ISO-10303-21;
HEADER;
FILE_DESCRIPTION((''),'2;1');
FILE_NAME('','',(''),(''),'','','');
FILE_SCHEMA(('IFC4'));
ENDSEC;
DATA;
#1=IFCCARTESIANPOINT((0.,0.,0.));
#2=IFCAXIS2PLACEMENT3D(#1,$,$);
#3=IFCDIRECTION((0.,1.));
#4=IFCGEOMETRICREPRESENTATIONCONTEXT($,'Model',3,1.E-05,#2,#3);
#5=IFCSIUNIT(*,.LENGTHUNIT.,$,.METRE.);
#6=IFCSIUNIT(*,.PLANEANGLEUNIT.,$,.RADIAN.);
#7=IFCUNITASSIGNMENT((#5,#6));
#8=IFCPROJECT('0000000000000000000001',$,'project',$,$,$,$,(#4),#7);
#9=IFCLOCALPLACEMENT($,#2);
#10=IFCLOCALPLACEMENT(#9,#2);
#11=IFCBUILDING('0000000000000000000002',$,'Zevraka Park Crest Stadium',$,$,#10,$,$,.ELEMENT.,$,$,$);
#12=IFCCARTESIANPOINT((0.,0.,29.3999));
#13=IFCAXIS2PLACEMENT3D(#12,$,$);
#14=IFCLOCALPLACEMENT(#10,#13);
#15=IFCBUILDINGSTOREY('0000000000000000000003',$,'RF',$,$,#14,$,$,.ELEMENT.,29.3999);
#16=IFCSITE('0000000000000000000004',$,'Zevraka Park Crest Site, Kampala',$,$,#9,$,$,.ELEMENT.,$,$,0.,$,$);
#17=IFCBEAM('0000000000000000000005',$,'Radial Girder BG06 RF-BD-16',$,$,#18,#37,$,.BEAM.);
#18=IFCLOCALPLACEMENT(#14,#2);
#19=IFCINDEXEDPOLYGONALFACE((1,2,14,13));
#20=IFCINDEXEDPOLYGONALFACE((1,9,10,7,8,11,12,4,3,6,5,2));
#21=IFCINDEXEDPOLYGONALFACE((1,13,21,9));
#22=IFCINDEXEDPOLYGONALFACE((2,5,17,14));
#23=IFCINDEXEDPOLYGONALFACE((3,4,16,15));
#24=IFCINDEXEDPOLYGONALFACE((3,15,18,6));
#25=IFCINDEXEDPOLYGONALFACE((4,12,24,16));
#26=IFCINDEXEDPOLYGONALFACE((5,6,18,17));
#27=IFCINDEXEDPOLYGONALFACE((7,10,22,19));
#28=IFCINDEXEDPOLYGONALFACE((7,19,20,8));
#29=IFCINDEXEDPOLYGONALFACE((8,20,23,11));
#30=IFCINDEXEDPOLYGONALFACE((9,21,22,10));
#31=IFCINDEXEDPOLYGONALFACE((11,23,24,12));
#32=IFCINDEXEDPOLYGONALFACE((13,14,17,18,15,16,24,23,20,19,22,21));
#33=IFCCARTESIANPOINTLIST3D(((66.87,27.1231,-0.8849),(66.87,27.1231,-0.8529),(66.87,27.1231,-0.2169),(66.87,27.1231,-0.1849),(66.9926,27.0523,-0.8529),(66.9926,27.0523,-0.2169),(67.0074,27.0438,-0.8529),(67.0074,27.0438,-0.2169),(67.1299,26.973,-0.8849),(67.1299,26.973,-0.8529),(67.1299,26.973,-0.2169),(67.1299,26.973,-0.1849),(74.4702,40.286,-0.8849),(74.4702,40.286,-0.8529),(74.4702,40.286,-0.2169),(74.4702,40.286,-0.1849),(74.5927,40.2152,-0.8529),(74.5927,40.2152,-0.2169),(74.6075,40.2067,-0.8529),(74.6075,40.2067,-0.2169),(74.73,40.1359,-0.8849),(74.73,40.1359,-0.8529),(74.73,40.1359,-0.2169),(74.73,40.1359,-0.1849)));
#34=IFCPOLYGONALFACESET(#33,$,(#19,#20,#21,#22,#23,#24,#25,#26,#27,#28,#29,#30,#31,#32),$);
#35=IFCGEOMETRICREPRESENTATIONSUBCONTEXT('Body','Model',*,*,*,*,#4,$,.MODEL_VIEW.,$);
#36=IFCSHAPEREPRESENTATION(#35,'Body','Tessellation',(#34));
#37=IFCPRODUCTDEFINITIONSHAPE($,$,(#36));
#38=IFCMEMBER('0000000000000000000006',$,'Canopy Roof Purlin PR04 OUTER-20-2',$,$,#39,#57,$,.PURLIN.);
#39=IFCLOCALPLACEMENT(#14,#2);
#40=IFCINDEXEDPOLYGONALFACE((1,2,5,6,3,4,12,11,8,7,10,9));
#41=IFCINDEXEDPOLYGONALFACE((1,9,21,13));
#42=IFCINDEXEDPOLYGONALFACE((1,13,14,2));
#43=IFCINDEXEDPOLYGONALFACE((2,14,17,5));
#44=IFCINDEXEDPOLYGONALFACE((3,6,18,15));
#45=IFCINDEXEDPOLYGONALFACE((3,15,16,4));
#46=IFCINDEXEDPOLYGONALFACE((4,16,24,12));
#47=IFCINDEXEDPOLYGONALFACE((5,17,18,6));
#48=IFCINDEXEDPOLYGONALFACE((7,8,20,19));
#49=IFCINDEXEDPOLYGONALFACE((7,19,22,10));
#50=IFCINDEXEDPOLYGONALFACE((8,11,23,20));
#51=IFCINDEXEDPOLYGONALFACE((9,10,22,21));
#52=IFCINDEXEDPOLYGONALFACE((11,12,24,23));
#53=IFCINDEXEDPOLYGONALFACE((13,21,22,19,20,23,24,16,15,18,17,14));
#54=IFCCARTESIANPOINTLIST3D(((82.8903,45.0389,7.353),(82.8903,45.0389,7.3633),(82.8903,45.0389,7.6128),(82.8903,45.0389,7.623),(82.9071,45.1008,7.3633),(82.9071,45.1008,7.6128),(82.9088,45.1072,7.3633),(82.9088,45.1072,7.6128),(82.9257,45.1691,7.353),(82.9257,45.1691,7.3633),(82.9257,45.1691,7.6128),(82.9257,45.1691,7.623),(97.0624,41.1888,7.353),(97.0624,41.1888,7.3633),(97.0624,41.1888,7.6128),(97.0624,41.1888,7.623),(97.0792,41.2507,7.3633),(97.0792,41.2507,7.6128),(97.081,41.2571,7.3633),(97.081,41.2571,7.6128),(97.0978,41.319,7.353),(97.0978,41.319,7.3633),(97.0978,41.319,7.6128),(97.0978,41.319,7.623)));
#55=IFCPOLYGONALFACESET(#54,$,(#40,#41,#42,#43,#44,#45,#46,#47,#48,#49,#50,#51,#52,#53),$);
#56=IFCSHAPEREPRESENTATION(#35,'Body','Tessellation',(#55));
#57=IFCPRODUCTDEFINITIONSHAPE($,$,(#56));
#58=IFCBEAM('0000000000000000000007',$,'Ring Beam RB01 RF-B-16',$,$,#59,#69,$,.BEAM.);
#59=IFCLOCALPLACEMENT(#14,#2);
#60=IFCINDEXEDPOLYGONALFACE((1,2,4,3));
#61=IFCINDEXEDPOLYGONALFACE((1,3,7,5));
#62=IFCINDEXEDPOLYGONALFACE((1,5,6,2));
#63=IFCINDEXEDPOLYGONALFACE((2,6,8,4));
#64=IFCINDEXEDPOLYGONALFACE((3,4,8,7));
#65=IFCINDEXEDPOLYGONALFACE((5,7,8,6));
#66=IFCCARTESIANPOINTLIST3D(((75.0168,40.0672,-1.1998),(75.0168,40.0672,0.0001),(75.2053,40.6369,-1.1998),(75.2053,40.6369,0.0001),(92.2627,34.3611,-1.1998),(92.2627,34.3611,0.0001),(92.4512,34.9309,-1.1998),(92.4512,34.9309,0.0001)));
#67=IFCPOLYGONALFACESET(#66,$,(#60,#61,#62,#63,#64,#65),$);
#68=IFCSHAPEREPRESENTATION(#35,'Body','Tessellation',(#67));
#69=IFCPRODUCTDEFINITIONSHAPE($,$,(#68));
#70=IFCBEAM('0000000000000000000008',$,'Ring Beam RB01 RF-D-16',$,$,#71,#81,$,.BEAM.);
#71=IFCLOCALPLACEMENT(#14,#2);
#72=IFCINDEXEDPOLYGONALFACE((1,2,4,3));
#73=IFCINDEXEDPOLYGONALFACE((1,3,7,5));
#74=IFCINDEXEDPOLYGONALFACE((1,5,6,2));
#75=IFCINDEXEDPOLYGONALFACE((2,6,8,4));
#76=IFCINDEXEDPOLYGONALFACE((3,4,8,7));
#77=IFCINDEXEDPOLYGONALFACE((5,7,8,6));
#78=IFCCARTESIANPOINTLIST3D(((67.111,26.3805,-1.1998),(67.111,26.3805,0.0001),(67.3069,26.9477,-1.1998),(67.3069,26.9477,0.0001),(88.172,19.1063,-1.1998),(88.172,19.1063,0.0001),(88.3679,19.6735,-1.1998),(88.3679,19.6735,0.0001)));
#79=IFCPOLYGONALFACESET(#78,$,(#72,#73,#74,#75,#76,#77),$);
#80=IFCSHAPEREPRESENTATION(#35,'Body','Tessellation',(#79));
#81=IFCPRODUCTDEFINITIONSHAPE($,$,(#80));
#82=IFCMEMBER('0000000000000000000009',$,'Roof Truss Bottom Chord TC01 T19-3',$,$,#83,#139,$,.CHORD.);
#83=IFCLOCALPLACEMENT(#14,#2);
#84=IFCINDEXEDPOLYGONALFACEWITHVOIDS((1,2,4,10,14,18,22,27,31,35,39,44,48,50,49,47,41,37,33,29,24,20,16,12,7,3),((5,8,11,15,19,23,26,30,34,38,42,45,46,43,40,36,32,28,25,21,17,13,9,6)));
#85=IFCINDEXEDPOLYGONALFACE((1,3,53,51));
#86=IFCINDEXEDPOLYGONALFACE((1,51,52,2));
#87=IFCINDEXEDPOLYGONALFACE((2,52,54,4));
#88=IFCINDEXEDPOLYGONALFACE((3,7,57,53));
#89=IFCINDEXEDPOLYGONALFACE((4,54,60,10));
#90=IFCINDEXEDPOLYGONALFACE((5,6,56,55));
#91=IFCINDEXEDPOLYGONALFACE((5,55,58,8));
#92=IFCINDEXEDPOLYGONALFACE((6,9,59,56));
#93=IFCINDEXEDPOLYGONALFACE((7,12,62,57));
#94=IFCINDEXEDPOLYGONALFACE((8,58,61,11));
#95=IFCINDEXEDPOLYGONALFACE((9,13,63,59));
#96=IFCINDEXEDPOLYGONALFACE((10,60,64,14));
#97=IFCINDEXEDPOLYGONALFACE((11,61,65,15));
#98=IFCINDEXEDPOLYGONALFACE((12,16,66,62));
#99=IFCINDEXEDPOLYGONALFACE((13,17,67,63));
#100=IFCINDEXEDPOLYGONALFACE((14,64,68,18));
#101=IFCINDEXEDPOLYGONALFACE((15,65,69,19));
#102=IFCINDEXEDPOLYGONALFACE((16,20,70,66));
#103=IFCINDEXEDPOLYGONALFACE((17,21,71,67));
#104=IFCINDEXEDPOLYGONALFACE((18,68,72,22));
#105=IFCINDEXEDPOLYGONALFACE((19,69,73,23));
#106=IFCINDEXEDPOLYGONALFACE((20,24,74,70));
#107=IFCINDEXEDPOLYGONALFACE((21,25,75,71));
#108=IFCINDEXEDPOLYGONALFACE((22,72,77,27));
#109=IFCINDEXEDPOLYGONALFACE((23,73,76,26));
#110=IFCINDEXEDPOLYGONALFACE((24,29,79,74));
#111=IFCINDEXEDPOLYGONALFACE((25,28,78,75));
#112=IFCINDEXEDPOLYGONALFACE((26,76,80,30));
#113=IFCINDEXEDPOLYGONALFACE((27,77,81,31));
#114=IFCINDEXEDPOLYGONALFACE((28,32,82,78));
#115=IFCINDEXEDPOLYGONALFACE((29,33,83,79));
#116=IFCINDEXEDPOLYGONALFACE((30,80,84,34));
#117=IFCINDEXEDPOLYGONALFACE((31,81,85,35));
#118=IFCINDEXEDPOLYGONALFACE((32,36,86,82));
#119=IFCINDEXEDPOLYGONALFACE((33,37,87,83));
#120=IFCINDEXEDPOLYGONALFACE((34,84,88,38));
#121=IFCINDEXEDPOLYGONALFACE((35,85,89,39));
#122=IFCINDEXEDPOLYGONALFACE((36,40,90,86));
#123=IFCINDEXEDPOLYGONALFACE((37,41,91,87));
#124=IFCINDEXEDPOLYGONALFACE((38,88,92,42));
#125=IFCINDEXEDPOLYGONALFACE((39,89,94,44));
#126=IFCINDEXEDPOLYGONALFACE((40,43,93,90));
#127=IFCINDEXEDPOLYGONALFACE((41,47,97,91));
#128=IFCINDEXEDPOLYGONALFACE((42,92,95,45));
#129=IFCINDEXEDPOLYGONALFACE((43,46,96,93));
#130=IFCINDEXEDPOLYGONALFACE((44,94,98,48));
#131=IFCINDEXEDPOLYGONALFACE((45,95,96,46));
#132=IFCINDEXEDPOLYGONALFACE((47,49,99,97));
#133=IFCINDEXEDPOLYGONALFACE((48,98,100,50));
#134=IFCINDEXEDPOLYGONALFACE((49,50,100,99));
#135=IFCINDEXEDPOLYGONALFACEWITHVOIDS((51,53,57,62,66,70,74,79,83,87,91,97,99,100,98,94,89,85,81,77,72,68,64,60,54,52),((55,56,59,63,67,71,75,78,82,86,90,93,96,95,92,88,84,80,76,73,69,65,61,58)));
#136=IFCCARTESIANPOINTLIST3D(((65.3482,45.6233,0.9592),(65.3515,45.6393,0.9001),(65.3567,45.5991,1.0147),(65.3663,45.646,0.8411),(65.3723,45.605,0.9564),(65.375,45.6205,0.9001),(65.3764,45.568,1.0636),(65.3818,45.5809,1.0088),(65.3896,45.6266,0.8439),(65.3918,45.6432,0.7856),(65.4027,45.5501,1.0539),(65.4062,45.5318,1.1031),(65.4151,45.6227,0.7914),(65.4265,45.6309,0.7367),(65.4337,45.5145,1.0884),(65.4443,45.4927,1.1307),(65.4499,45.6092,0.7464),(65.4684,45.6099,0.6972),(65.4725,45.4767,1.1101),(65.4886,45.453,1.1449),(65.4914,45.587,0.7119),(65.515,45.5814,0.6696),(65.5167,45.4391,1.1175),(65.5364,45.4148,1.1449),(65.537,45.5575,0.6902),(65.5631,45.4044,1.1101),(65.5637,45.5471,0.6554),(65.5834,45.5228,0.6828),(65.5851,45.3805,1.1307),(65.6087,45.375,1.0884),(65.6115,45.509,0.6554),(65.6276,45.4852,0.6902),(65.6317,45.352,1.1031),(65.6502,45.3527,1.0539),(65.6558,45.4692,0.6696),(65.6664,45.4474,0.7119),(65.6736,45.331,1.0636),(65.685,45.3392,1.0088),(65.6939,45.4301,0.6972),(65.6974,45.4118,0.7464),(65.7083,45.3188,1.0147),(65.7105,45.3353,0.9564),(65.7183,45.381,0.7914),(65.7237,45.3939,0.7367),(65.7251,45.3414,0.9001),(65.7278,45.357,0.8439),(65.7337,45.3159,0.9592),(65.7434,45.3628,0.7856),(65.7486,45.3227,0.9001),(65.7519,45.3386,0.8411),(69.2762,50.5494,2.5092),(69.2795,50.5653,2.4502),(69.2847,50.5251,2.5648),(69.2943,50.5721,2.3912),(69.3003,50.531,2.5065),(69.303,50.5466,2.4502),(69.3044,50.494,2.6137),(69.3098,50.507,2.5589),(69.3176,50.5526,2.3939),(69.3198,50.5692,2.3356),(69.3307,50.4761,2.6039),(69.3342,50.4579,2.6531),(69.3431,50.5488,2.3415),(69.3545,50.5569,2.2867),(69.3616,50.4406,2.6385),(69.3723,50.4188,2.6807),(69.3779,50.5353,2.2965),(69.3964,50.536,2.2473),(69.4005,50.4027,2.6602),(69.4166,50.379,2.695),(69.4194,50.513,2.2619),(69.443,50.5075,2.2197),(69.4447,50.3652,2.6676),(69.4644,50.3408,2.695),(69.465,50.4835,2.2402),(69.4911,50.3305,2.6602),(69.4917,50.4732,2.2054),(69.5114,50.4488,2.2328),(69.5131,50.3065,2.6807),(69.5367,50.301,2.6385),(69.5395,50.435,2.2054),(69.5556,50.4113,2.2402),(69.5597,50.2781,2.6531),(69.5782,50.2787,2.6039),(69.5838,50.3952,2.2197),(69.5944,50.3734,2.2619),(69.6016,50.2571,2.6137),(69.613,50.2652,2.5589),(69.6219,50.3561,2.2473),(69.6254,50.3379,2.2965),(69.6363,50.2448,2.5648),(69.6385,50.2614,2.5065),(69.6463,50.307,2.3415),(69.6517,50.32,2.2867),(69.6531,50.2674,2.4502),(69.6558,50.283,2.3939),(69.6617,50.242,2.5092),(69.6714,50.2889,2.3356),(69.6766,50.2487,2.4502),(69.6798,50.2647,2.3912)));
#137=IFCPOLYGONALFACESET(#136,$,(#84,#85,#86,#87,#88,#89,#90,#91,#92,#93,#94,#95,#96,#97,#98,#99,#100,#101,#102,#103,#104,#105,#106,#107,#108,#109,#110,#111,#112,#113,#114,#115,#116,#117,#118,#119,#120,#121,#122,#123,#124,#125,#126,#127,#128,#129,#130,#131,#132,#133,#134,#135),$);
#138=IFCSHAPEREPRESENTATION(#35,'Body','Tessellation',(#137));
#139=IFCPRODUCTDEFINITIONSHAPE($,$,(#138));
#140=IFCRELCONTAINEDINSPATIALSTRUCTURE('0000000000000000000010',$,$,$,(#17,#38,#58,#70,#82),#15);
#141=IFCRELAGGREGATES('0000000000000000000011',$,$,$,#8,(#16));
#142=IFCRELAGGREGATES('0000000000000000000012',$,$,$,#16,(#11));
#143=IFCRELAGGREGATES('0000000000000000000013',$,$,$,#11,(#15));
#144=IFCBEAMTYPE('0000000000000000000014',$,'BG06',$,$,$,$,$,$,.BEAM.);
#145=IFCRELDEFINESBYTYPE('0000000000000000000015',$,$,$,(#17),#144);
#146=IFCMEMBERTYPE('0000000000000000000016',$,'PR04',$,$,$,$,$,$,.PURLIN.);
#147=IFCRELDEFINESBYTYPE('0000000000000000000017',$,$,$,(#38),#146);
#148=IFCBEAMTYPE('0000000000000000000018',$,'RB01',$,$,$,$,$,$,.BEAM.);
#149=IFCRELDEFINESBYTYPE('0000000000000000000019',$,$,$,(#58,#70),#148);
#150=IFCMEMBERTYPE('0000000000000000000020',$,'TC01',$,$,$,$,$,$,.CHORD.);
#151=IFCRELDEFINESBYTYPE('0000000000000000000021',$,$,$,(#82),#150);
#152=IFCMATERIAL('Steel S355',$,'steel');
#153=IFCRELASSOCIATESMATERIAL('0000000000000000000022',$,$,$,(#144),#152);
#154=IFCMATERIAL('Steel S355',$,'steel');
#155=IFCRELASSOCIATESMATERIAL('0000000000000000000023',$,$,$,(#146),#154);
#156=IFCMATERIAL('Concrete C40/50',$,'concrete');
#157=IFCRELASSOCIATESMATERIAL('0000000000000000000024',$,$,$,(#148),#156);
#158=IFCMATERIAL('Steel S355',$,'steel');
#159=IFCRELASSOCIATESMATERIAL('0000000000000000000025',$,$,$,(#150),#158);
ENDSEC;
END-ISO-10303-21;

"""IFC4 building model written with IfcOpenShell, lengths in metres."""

from ifc_helpers import new_model, si_unit, direction, frame, origin, origin_2d, place, context, subcontext, project, spatial, rectangle, hollow_circle, i_section, extrude, material, material_profile, profile_set, type_object, element, save


model = new_model("IFC4")

# Units and contexts
model_context = context("Model", 3, precision=1e-05, world=origin(), true_north=direction((0.0, 1.0)))
body_context = subcontext(model_context, "Body", "Model", "MODEL_VIEW")
ifc_project = project(units=[si_unit("LENGTHUNIT", "METRE"), si_unit("PLANEANGLEUNIT", "RADIAN")], contexts=[model_context])

# Site, building, storey
site_placement = place(None, origin())
site = spatial("IfcSite", under=ifc_project, at=site_placement, Name="Zevraka Park Crest Site, Kampala", CompositionType="ELEMENT", RefElevation=0.0)
building_placement = place(site_placement, origin())
building = spatial("IfcBuilding", under=site, at=building_placement, Name="Zevraka Park Crest Stadium", CompositionType="ELEMENT")
storey_placement = place(building_placement, frame((0.0, 0.0, 29.3999)))
storey = spatial("IfcBuildingStorey", under=building, at=storey_placement, Name="RF", CompositionType="ELEMENT", Elevation=29.3999)

# Beam
ifc_material_1 = material(Name="Steel S355", Category="steel")
ifc_material_profile_1 = material_profile(ifc_material_1, i_section(OverallWidth=0.3, OverallDepth=0.7, WebThickness=0.0171, FlangeThickness=0.032, at=origin_2d()), Name="HEB 700")
ifc_profile_set_1 = profile_set([ifc_material_profile_1], Name="Steel S355")
beam_type_1 = type_object("IfcBeamType", Name="BG06", PredefinedType="BEAM", material=ifc_profile_set_1)
beam_1_placement = place(storey_placement, frame((74.6001, 40.2109, -0.5349), z_axis=(-0.500026, -0.86601, 0.0), x_axis=(0.86601, -0.500026, 0.0)))
element("IfcBeam", 1, at=beam_1_placement, inside=storey, type_object=beam_type_1, Name="Radial Girder BG06 RF-BD-16", PredefinedType="BEAM", context=body_context, shape_type="SweptSolid", body=[
    extrude(i_section(OverallWidth=0.3, OverallDepth=0.7, WebThickness=0.0171, FlangeThickness=0.032, at=origin_2d()), origin(), (0.0, 0.0, 1.0), 15.1995),
])

# Member
ifc_material_2 = material(Name="Steel S355", Category="steel")
ifc_material_profile_2 = material_profile(ifc_material_2, i_section(OverallWidth=0.135, OverallDepth=0.27, WebThickness=0.0066, FlangeThickness=0.0103, at=origin_2d()), Name="IPE 270")
ifc_profile_set_2 = profile_set([ifc_material_profile_2], Name="Steel S355")
member_type_1 = type_object("IfcMemberType", Name="PR04", PredefinedType="PURLIN", material=ifc_profile_set_2)
member_1_placement = place(storey_placement, frame((82.908, 45.104, 7.488), z_axis=(0.965023, -0.262165, 0.0), x_axis=(0.262165, 0.965023, 0.0)))
element("IfcMember", 2, at=member_1_placement, inside=storey, type_object=member_type_1, Name="Canopy Roof Purlin PR04 OUTER-20-2", PredefinedType="PURLIN", context=body_context, shape_type="SweptSolid", body=[
    extrude(i_section(OverallWidth=0.135, OverallDepth=0.27, WebThickness=0.0066, FlangeThickness=0.0103, at=origin_2d()), origin(), (0.0, 0.0, 1.0), 14.6858),
])

# Beams
ifc_material_3 = material(Name="Concrete C40/50", Category="concrete")
ifc_material_profile_3 = material_profile(ifc_material_3, rectangle(XDim=0.6001, YDim=1.2, at=origin_2d()), Name="RC 1200x600")
ifc_profile_set_3 = profile_set([ifc_material_profile_3], Name="Concrete C40/50")
beam_type_2 = type_object("IfcBeamType", Name="RB01", PredefinedType="BEAM", material=ifc_profile_set_3)
beam_2_placement = place(storey_placement, frame((75.1111, 40.3521, -0.5999), z_axis=(0.949384, -0.314118, 0.0), x_axis=(0.314118, 0.949384, 0.0)))
element("IfcBeam", 3, at=beam_2_placement, inside=storey, type_object=beam_type_2, Name="Ring Beam RB01 RF-B-16", PredefinedType="BEAM", context=body_context, shape_type="SweptSolid", body=[
    extrude(rectangle(XDim=0.6001, YDim=1.2, at=origin_2d()), origin(), (0.0, 0.0, 1.0), 18.1653),
])
beam_3_placement = place(storey_placement, frame((67.209, 26.6641, -0.5999), z_axis=(0.94521, -0.326462, 0.0), x_axis=(0.326462, 0.94521, 0.0)))
element("IfcBeam", 4, at=beam_3_placement, inside=storey, type_object=beam_type_2, Name="Ring Beam RB01 RF-D-16", PredefinedType="BEAM", context=body_context, shape_type="SweptSolid", body=[
    extrude(rectangle(XDim=0.6001, YDim=1.2, at=origin_2d()), origin(), (0.0, 0.0, 1.0), 22.2817),
])

# Member
ifc_material_4 = material(Name="Steel S355", Category="steel")
ifc_material_profile_4 = material_profile(ifc_material_4, hollow_circle(Radius=0.2539, WallThickness=0.03, at=origin_2d()), Name="CHS 508.0x30")
ifc_profile_set_4 = profile_set([ifc_material_profile_4], Name="Steel S355")
member_type_2 = type_object("IfcMemberType", Name="TC01", PredefinedType="CHORD", material=ifc_profile_set_4)
member_2_placement = place(storey_placement, frame((65.55, 45.481, 0.9001), z_axis=(0.605399, 0.759222, 0.238901), x_axis=(-0.781862, 0.623451, 0.0)))
element("IfcMember", 5, at=member_2_placement, inside=storey, type_object=member_type_2, Name="Roof Truss Bottom Chord TC01 T19-3", PredefinedType="CHORD", context=body_context, shape_type="SweptSolid", body=[
    extrude(hollow_circle(Radius=0.2539, WallThickness=0.03, at=origin_2d()), origin(), (0.0, 0.0, 1.0), 6.4883),
])

save(model, "model.ifc")
